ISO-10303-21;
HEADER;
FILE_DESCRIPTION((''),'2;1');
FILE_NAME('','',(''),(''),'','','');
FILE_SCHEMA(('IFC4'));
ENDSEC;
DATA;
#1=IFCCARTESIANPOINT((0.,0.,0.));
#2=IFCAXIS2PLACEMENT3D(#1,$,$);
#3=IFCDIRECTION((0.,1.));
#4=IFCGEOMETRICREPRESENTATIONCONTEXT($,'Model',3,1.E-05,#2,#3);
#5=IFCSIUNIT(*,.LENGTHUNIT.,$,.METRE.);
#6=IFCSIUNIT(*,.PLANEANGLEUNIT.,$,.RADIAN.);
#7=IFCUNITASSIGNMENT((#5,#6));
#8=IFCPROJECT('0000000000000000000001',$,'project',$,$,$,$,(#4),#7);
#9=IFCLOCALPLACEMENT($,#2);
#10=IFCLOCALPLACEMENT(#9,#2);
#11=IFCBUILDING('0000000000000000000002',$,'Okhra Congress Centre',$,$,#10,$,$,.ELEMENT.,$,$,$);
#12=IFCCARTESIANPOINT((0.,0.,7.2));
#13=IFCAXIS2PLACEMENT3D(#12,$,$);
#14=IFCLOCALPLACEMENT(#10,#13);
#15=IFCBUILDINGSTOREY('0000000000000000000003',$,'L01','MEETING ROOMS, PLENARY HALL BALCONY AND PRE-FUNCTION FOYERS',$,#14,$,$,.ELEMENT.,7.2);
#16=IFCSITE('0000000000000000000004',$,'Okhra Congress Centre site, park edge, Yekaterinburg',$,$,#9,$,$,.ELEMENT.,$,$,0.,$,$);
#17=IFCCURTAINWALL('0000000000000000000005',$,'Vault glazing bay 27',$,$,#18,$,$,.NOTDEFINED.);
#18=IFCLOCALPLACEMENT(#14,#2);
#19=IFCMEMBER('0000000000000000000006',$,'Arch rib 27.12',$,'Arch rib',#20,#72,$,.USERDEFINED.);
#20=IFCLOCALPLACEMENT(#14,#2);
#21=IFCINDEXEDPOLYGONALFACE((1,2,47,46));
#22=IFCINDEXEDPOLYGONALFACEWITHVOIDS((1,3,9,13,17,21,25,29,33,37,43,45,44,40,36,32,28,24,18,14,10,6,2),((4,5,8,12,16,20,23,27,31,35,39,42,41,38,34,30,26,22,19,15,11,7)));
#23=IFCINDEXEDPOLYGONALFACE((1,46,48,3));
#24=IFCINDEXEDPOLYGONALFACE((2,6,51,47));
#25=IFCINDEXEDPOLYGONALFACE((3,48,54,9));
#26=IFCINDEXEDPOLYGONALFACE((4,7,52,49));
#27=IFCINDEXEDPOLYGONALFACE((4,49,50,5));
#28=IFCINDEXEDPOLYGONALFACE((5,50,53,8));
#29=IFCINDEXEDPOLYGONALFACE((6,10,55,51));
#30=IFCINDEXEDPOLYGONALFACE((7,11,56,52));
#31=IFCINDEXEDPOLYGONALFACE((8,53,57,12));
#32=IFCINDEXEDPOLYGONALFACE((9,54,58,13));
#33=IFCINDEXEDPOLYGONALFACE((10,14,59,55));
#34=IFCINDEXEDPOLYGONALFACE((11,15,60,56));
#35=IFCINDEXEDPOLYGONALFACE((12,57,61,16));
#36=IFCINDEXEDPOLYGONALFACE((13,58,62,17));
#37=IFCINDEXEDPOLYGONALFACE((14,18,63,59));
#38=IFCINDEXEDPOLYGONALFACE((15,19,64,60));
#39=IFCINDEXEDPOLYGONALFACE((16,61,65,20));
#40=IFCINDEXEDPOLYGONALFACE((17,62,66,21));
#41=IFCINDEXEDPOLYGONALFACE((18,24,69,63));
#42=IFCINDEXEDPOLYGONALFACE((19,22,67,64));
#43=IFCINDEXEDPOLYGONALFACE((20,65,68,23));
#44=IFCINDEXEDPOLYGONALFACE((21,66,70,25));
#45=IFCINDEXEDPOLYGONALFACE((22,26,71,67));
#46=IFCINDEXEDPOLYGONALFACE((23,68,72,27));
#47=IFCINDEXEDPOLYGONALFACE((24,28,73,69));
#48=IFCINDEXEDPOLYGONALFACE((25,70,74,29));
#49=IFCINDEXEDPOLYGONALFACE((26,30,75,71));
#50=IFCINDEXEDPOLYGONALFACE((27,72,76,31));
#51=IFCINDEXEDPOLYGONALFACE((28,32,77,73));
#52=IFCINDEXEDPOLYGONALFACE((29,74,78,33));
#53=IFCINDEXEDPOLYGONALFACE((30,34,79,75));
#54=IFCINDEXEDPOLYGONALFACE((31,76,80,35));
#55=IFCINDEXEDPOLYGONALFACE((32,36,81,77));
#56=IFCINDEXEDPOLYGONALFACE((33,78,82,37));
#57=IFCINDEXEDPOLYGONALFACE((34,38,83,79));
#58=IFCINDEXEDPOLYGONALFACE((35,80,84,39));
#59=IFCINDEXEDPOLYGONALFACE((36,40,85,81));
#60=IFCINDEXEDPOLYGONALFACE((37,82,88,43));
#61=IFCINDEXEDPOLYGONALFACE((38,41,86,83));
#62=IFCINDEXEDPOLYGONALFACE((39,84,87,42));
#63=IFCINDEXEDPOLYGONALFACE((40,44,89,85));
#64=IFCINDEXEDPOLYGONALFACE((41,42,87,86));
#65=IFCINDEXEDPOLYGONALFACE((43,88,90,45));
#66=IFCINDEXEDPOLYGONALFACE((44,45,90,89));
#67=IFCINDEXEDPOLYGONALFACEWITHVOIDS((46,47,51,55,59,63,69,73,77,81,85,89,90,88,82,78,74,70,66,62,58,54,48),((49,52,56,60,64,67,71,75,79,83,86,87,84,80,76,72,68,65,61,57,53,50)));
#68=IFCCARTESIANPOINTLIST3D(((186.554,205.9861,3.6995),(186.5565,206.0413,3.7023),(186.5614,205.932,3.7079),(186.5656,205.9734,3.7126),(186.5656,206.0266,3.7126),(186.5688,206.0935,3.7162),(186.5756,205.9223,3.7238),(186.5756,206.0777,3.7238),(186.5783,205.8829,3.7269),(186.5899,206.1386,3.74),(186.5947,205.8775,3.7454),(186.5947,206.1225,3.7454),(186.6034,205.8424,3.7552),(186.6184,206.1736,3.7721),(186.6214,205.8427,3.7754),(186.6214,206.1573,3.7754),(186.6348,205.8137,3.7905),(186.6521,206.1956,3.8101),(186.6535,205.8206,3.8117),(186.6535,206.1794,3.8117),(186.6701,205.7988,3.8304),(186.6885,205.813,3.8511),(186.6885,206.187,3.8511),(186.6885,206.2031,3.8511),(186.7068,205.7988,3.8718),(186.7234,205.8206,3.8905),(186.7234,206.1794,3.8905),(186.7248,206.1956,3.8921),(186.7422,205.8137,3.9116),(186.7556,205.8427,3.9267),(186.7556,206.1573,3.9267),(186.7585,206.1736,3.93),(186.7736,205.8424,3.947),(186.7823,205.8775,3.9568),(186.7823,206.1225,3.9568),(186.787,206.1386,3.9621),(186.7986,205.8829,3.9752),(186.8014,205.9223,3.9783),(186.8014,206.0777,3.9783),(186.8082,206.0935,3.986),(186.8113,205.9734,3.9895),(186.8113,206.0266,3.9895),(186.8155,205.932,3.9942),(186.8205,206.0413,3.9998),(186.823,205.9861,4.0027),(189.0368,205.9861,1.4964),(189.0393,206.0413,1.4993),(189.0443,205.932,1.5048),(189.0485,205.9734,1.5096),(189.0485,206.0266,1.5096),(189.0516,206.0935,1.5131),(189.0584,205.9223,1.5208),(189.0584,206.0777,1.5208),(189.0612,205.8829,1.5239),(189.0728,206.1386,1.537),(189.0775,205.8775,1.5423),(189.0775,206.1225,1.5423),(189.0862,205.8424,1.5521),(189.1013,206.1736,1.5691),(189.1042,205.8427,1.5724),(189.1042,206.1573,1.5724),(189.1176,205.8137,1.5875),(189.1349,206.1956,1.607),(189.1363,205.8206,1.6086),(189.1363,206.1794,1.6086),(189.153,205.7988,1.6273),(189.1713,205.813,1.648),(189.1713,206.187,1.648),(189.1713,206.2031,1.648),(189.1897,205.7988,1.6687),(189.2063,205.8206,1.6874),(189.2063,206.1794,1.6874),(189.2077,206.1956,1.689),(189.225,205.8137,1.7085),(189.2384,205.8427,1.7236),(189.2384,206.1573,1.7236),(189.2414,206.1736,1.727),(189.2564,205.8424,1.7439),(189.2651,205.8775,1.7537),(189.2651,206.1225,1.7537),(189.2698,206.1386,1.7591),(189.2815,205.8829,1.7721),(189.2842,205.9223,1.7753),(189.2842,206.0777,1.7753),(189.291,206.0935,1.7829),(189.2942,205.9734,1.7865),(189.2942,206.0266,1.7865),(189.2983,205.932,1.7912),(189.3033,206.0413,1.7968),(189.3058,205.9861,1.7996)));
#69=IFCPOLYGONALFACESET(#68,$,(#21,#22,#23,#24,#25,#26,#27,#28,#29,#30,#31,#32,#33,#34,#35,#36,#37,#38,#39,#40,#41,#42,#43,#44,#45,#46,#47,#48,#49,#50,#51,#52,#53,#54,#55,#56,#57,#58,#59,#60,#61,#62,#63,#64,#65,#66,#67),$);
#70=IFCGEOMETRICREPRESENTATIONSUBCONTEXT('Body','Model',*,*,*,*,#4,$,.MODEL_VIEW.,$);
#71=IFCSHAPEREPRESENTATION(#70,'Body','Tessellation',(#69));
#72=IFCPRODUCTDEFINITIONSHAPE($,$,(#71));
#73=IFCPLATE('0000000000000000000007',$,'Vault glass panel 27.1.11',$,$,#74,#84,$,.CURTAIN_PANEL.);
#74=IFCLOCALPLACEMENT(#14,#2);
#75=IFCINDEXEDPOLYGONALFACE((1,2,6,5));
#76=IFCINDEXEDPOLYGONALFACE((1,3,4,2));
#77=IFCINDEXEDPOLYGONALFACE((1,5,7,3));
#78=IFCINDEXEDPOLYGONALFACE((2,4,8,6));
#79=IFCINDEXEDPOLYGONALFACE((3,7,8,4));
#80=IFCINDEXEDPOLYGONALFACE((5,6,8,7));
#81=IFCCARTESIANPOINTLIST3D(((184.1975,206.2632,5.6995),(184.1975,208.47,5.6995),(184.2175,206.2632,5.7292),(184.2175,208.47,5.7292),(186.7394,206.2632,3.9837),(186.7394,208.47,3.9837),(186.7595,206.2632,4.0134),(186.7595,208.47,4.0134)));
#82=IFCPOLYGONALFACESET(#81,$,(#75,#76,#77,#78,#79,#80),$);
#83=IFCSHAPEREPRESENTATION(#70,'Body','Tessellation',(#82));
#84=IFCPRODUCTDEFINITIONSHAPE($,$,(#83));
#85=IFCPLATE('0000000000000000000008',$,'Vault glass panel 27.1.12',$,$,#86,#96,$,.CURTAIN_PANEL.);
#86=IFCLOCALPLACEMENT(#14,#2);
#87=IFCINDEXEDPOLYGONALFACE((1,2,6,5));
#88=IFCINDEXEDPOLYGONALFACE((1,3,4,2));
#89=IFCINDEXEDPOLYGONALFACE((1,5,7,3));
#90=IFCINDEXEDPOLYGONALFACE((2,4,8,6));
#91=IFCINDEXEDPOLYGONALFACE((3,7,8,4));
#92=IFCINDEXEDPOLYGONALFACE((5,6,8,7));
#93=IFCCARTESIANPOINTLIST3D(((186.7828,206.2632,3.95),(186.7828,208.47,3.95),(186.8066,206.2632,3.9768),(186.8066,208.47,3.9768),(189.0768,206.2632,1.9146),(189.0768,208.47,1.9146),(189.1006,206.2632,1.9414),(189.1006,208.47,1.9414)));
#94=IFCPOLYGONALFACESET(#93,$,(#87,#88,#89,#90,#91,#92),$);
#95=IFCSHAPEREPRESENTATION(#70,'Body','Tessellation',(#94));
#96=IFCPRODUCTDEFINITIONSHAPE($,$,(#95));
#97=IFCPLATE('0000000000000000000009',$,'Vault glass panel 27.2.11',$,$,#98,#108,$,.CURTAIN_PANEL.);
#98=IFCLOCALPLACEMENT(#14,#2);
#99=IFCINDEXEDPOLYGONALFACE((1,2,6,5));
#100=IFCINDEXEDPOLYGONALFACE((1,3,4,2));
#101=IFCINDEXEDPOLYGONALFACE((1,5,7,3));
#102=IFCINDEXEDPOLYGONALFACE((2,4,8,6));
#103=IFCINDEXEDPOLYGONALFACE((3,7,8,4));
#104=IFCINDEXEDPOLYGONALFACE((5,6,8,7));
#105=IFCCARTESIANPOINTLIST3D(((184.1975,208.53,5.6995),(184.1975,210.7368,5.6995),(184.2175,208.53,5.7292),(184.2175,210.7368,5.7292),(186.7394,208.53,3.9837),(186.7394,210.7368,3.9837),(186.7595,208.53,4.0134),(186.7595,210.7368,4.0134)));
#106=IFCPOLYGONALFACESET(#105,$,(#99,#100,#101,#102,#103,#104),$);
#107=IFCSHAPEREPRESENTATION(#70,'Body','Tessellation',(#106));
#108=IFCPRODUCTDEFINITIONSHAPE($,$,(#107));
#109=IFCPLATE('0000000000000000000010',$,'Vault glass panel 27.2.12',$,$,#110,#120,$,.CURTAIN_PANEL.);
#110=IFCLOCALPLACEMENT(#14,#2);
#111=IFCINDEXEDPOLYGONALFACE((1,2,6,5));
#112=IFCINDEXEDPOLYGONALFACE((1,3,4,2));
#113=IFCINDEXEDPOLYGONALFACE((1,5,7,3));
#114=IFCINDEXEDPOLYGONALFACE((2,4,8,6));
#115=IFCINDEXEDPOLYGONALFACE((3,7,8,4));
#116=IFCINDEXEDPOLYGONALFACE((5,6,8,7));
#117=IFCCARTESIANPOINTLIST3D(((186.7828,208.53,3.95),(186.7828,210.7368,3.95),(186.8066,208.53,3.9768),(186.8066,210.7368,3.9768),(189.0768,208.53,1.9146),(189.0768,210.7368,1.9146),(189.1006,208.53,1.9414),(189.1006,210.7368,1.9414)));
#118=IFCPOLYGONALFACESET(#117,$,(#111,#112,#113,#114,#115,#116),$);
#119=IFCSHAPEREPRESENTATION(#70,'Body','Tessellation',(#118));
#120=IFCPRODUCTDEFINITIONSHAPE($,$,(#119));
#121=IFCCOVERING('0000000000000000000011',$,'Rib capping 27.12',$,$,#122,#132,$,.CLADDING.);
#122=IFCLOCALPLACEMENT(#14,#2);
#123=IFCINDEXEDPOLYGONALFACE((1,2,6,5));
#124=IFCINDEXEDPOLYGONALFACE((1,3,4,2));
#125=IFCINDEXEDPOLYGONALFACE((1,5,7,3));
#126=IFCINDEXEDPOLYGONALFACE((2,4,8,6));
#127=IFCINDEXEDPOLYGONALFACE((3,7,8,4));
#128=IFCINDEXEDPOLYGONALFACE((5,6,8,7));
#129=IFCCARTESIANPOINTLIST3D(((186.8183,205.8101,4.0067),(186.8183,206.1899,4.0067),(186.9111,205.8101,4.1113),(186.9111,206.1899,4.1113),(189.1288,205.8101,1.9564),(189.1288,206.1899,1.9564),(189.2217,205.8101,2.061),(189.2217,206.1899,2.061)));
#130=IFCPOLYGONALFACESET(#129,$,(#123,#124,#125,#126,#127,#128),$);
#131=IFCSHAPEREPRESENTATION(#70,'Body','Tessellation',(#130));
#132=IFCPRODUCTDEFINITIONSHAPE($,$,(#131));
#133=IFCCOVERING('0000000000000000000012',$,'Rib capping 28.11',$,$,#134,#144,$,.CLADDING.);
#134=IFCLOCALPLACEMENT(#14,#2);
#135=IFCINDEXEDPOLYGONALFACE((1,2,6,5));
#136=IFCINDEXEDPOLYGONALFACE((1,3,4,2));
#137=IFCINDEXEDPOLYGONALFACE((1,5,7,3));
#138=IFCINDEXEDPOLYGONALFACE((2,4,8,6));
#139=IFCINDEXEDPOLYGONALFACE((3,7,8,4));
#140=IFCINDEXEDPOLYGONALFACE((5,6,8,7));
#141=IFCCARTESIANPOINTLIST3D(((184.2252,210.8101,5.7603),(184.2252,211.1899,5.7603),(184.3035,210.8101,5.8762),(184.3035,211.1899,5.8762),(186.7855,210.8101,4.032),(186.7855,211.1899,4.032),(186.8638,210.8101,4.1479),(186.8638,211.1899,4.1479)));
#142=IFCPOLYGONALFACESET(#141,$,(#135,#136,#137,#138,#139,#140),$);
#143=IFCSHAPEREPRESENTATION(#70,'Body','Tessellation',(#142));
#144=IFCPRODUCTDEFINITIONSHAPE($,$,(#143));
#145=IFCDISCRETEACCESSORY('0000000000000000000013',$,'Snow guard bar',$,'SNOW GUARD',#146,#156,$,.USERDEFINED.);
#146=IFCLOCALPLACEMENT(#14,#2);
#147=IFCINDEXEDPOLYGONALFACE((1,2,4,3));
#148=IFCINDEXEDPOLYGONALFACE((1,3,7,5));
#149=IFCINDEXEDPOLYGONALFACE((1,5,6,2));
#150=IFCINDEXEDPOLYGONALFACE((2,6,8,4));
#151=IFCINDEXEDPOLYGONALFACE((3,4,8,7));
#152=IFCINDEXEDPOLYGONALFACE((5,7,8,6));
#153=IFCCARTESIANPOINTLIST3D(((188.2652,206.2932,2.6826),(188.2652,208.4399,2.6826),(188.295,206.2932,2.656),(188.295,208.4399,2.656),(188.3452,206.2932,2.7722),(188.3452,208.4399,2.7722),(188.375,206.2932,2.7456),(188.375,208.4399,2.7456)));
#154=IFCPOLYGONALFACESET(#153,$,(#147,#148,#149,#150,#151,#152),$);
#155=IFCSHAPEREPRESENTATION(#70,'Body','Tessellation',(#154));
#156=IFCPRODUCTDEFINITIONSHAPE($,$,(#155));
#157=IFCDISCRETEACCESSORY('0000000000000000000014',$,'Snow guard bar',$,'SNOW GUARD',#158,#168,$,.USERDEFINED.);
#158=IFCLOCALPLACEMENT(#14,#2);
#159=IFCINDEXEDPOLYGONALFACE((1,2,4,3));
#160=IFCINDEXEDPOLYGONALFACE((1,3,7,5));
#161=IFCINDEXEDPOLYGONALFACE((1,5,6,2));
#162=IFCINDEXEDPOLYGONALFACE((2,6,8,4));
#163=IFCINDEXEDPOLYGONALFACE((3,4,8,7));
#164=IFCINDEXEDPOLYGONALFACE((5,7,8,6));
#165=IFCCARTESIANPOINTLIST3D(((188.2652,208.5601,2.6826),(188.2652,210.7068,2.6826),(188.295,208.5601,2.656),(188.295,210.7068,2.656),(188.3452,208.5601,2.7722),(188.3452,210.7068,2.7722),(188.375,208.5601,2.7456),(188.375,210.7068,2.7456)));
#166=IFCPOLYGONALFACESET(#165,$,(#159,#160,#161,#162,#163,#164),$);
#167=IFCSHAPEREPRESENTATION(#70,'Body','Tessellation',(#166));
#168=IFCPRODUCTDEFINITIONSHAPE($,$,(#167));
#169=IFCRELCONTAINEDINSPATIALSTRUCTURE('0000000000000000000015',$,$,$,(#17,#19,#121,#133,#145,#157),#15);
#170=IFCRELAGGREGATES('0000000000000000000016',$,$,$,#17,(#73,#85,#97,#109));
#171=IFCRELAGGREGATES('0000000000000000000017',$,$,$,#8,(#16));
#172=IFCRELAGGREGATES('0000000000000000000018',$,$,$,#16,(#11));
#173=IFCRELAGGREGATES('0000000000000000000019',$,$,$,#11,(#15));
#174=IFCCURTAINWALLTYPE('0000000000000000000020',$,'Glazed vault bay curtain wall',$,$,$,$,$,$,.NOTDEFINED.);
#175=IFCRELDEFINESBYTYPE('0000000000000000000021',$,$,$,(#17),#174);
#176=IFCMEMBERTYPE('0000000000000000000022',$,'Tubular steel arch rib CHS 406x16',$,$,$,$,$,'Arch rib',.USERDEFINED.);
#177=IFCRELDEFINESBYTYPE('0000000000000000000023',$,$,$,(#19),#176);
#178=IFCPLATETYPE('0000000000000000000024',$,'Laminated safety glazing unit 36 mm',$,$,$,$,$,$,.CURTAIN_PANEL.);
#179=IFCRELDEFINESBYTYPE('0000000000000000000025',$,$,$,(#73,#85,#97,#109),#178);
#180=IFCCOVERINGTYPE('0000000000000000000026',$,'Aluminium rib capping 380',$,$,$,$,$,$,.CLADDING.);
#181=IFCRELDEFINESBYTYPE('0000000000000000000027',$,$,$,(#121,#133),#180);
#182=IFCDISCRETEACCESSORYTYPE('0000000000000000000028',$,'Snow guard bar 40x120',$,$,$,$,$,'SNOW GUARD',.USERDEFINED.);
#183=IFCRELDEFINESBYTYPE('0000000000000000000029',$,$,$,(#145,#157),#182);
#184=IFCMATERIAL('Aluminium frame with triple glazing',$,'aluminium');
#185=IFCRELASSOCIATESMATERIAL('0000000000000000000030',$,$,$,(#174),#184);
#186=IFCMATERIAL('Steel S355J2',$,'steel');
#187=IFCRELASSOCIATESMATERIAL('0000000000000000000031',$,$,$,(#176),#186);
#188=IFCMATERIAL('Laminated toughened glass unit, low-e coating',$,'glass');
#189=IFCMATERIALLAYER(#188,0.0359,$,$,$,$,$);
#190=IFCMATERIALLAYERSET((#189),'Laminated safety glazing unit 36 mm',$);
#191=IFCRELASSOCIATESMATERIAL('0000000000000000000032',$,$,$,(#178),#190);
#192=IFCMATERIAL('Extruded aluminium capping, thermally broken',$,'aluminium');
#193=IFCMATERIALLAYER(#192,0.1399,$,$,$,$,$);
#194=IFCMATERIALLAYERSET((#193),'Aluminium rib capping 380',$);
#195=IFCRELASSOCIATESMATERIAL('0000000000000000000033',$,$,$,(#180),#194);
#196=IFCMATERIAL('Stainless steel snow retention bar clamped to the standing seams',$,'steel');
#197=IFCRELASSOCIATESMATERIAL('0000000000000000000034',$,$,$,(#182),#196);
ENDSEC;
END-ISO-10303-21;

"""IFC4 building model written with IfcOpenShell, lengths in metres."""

from ifc_helpers import new_model, si_unit, direction, frame, origin, origin_2d, place, context, subcontext, project, spatial, polyline, hollow_circle, outline, extrude, material, layer, layer_set, material_profile, profile_set, type_object, element, aggregate, save


model = new_model("IFC4")

# Units and contexts
model_context = context("Model", 3, precision=1e-05, world=origin(), true_north=direction((0.0, 1.0)))
body_context = subcontext(model_context, "Body", "Model", "MODEL_VIEW")
ifc_project = project(units=[si_unit("LENGTHUNIT", "METRE"), si_unit("PLANEANGLEUNIT", "RADIAN")], contexts=[model_context])

# Site, building, storey
site_placement = place(None, origin())
site = spatial("IfcSite", under=ifc_project, at=site_placement, Name="Okhra Congress Centre site, park edge, Yekaterinburg", CompositionType="ELEMENT", RefElevation=0.0)
building_placement = place(site_placement, origin())
building = spatial("IfcBuilding", under=site, at=building_placement, Name="Okhra Congress Centre", CompositionType="ELEMENT")
storey_placement = place(building_placement, frame((0.0, 0.0, 7.2)))
storey = spatial("IfcBuildingStorey", under=building, at=storey_placement, Name="L01", Description="MEETING ROOMS, PLENARY HALL BALCONY AND PRE-FUNCTION FOYERS", CompositionType="ELEMENT", Elevation=7.2)

# Curtain wall
ifc_material_1 = material(Name="Aluminium frame with triple glazing", Category="aluminium")
curtain_wall_type = type_object("IfcCurtainWallType", Name="Glazed vault bay curtain wall", PredefinedType="NOTDEFINED", material=ifc_material_1)
curtain_wall_placement = place(storey_placement, origin())
curtain_wall = element("IfcCurtainWall", 1, at=curtain_wall_placement, inside=storey, type_object=curtain_wall_type, Name="Vault glazing bay 27", PredefinedType="NOTDEFINED")

# Member
ifc_material_2 = material(Name="Steel S355J2", Category="steel")
ifc_material_profile_1 = material_profile(ifc_material_2, hollow_circle(Radius=0.2031, WallThickness=0.0161, at=origin_2d()), Name="CHS 406.4x16")
ifc_profile_set_1 = profile_set([ifc_material_profile_1], Name="Steel S355J2")
member_type_1 = type_object("IfcMemberType", Name="Tubular steel arch rib CHS 406x16", ElementType="Arch rib", PredefinedType="USERDEFINED", material=ifc_profile_set_1)
member_1_placement = place(storey_placement, frame((186.6885, 206.0, 3.8511), z_axis=(0.747993, 0.0, -0.663706), x_axis=(0.0, 1.0, 0.0)))
element("IfcMember", 2, at=member_1_placement, inside=storey, type_object=member_type_1, Name="Arch rib 27.12", ObjectType="Arch rib", PredefinedType="USERDEFINED", context=body_context, shape_type="SweptSolid", body=[
    extrude(hollow_circle(Radius=0.2031, WallThickness=0.0161, at=origin_2d()), origin(), (0.0, 0.0, 1.0), 3.3193),
])

# Plates
ifc_material_3 = material(Name="Laminated toughened glass unit, low-e coating", Category="glass")
ifc_layer_1 = layer(ifc_material_3, 0.0359)
ifc_layer_set_1 = layer_set([ifc_layer_1], Name="Laminated safety glazing unit 36 mm")
plate_type = type_object("IfcPlateType", Name="Laminated safety glazing unit 36 mm", PredefinedType="CURTAIN_PANEL", material=ifc_layer_set_1)
plate_1_placement = place(storey_placement, frame((184.2175, 206.2632, 5.7292), z_axis=(0.559467, 0.0, 0.828852), x_axis=(0.828852, 0.0, -0.559467)))
plate_1 = element("IfcPlate", 3, at=plate_1_placement, type_object=plate_type, Name="Vault glass panel 27.1.11", PredefinedType="CURTAIN_PANEL", context=body_context, shape_type="SweptSolid", body=[
    extrude(outline(polyline([(0.0, 0.0), (3.0669, 0.0), (3.0669, 2.2068), (0.0, 2.2068), (0.0, 0.0)])), origin(), (0.0, 0.0, -1.0), 0.0359),
])
plate_2_placement = place(storey_placement, frame((186.8066, 206.2632, 3.9768), z_axis=(0.663697, 0.0, 0.748002), x_axis=(0.748002, 0.0, -0.663697)))
plate_2 = element("IfcPlate", 4, at=plate_2_placement, type_object=plate_type, Name="Vault glass panel 27.1.12", PredefinedType="CURTAIN_PANEL", context=body_context, shape_type="SweptSolid", body=[
    extrude(outline(polyline([(0.0, 0.0), (3.0668, 0.0), (3.0668, 2.2068), (0.0, 2.2068), (0.0, 0.0)])), origin(), (0.0, 0.0, -1.0), 0.0359),
])
plate_3_placement = place(storey_placement, frame((184.2175, 208.53, 5.7292), z_axis=(0.559467, 0.0, 0.828852), x_axis=(0.828852, 0.0, -0.559467)))
plate_3 = element("IfcPlate", 5, at=plate_3_placement, type_object=plate_type, Name="Vault glass panel 27.2.11", PredefinedType="CURTAIN_PANEL", context=body_context, shape_type="SweptSolid", body=[
    extrude(outline(polyline([(0.0, 0.0), (3.0669, 0.0), (3.0669, 2.2068), (0.0, 2.2068), (0.0, 0.0)])), origin(), (0.0, 0.0, -1.0), 0.0359),
])
plate_4_placement = place(storey_placement, frame((186.8066, 208.53, 3.9768), z_axis=(0.663697, 0.0, 0.748002), x_axis=(0.748002, 0.0, -0.663697)))
plate_4 = element("IfcPlate", 6, at=plate_4_placement, type_object=plate_type, Name="Vault glass panel 27.2.12", PredefinedType="CURTAIN_PANEL", context=body_context, shape_type="SweptSolid", body=[
    extrude(outline(polyline([(0.0, 0.0), (3.0668, 0.0), (3.0668, 2.2068), (0.0, 2.2068), (0.0, 0.0)])), origin(), (0.0, 0.0, -1.0), 0.0359),
])
aggregate(curtain_wall, [plate_1, plate_2, plate_3, plate_4])

# Coverings
ifc_material_4 = material(Name="Extruded aluminium capping, thermally broken", Category="aluminium")
ifc_layer_2 = layer(ifc_material_4, 0.1399)
ifc_layer_set_2 = layer_set([ifc_layer_2], Name="Aluminium rib capping 380")
covering_type = type_object("IfcCoveringType", Name="Aluminium rib capping 380", PredefinedType="CLADDING", material=ifc_layer_set_2)
covering_1_placement = place(storey_placement, frame((186.9111, 205.8101, 4.1113), z_axis=(0.663726, 0.0, 0.747976), x_axis=(0.747976, 0.0, -0.663726)))
element("IfcCovering", 7, at=covering_1_placement, inside=storey, type_object=covering_type, Name="Rib capping 27.12", PredefinedType="CLADDING", context=body_context, shape_type="SweptSolid", body=[
    extrude(outline(polyline([(0.0, 0.0), (3.0891, 0.0), (3.0891, 0.3799), (0.0, 0.3799), (0.0, 0.0)])), origin(), (0.0, 0.0, -1.0), 0.1399),
])
covering_2_placement = place(storey_placement, frame((184.3035, 210.8101, 5.8762), z_axis=(0.559488, 0.0, 0.828839), x_axis=(0.828839, 0.0, -0.559488)))
element("IfcCovering", 8, at=covering_2_placement, inside=storey, type_object=covering_type, Name="Rib capping 28.11", PredefinedType="CLADDING", context=body_context, shape_type="SweptSolid", body=[
    extrude(outline(polyline([(0.0, 0.0), (3.089, 0.0), (3.089, 0.3799), (0.0, 0.3799), (0.0, 0.0)])), origin(), (0.0, 0.0, -1.0), 0.1399),
])

# Discrete accessories
ifc_material_5 = material(Name="Stainless steel snow retention bar clamped to the standing seams", Category="steel")
discrete_accessory_type = type_object("IfcDiscreteAccessoryType", Name="Snow guard bar 40x120", ElementType="SNOW GUARD", PredefinedType="USERDEFINED", material=ifc_material_5)
for number, where, z_axis, x_axis, name in (
    (9, (188.3452, 206.2932, 2.7722), (0.666259, 0.0, 0.745721), (0.745721, 0.0, -0.666259), "Snow guard bar"),
    (10, (188.3452, 208.5601, 2.7722), (0.666259, 0.0, 0.745721), (0.745721, 0.0, -0.666259), "Snow guard bar"),
):
    element("IfcDiscreteAccessory", number, at=place(storey_placement, frame(where, z_axis=z_axis, x_axis=x_axis)), inside=storey, type_object=discrete_accessory_type, Name=name, ObjectType="SNOW GUARD", PredefinedType="USERDEFINED", context=body_context, shape_type="SweptSolid", body=[
        extrude(outline(polyline([(0.0, 0.0), (0.0399, 0.0), (0.0399, 2.1467), (0.0, 2.1467), (0.0, 0.0)])), origin(), (0.0, 0.0, -1.0), 0.1201),
    ])

save(model, "model.ifc")
